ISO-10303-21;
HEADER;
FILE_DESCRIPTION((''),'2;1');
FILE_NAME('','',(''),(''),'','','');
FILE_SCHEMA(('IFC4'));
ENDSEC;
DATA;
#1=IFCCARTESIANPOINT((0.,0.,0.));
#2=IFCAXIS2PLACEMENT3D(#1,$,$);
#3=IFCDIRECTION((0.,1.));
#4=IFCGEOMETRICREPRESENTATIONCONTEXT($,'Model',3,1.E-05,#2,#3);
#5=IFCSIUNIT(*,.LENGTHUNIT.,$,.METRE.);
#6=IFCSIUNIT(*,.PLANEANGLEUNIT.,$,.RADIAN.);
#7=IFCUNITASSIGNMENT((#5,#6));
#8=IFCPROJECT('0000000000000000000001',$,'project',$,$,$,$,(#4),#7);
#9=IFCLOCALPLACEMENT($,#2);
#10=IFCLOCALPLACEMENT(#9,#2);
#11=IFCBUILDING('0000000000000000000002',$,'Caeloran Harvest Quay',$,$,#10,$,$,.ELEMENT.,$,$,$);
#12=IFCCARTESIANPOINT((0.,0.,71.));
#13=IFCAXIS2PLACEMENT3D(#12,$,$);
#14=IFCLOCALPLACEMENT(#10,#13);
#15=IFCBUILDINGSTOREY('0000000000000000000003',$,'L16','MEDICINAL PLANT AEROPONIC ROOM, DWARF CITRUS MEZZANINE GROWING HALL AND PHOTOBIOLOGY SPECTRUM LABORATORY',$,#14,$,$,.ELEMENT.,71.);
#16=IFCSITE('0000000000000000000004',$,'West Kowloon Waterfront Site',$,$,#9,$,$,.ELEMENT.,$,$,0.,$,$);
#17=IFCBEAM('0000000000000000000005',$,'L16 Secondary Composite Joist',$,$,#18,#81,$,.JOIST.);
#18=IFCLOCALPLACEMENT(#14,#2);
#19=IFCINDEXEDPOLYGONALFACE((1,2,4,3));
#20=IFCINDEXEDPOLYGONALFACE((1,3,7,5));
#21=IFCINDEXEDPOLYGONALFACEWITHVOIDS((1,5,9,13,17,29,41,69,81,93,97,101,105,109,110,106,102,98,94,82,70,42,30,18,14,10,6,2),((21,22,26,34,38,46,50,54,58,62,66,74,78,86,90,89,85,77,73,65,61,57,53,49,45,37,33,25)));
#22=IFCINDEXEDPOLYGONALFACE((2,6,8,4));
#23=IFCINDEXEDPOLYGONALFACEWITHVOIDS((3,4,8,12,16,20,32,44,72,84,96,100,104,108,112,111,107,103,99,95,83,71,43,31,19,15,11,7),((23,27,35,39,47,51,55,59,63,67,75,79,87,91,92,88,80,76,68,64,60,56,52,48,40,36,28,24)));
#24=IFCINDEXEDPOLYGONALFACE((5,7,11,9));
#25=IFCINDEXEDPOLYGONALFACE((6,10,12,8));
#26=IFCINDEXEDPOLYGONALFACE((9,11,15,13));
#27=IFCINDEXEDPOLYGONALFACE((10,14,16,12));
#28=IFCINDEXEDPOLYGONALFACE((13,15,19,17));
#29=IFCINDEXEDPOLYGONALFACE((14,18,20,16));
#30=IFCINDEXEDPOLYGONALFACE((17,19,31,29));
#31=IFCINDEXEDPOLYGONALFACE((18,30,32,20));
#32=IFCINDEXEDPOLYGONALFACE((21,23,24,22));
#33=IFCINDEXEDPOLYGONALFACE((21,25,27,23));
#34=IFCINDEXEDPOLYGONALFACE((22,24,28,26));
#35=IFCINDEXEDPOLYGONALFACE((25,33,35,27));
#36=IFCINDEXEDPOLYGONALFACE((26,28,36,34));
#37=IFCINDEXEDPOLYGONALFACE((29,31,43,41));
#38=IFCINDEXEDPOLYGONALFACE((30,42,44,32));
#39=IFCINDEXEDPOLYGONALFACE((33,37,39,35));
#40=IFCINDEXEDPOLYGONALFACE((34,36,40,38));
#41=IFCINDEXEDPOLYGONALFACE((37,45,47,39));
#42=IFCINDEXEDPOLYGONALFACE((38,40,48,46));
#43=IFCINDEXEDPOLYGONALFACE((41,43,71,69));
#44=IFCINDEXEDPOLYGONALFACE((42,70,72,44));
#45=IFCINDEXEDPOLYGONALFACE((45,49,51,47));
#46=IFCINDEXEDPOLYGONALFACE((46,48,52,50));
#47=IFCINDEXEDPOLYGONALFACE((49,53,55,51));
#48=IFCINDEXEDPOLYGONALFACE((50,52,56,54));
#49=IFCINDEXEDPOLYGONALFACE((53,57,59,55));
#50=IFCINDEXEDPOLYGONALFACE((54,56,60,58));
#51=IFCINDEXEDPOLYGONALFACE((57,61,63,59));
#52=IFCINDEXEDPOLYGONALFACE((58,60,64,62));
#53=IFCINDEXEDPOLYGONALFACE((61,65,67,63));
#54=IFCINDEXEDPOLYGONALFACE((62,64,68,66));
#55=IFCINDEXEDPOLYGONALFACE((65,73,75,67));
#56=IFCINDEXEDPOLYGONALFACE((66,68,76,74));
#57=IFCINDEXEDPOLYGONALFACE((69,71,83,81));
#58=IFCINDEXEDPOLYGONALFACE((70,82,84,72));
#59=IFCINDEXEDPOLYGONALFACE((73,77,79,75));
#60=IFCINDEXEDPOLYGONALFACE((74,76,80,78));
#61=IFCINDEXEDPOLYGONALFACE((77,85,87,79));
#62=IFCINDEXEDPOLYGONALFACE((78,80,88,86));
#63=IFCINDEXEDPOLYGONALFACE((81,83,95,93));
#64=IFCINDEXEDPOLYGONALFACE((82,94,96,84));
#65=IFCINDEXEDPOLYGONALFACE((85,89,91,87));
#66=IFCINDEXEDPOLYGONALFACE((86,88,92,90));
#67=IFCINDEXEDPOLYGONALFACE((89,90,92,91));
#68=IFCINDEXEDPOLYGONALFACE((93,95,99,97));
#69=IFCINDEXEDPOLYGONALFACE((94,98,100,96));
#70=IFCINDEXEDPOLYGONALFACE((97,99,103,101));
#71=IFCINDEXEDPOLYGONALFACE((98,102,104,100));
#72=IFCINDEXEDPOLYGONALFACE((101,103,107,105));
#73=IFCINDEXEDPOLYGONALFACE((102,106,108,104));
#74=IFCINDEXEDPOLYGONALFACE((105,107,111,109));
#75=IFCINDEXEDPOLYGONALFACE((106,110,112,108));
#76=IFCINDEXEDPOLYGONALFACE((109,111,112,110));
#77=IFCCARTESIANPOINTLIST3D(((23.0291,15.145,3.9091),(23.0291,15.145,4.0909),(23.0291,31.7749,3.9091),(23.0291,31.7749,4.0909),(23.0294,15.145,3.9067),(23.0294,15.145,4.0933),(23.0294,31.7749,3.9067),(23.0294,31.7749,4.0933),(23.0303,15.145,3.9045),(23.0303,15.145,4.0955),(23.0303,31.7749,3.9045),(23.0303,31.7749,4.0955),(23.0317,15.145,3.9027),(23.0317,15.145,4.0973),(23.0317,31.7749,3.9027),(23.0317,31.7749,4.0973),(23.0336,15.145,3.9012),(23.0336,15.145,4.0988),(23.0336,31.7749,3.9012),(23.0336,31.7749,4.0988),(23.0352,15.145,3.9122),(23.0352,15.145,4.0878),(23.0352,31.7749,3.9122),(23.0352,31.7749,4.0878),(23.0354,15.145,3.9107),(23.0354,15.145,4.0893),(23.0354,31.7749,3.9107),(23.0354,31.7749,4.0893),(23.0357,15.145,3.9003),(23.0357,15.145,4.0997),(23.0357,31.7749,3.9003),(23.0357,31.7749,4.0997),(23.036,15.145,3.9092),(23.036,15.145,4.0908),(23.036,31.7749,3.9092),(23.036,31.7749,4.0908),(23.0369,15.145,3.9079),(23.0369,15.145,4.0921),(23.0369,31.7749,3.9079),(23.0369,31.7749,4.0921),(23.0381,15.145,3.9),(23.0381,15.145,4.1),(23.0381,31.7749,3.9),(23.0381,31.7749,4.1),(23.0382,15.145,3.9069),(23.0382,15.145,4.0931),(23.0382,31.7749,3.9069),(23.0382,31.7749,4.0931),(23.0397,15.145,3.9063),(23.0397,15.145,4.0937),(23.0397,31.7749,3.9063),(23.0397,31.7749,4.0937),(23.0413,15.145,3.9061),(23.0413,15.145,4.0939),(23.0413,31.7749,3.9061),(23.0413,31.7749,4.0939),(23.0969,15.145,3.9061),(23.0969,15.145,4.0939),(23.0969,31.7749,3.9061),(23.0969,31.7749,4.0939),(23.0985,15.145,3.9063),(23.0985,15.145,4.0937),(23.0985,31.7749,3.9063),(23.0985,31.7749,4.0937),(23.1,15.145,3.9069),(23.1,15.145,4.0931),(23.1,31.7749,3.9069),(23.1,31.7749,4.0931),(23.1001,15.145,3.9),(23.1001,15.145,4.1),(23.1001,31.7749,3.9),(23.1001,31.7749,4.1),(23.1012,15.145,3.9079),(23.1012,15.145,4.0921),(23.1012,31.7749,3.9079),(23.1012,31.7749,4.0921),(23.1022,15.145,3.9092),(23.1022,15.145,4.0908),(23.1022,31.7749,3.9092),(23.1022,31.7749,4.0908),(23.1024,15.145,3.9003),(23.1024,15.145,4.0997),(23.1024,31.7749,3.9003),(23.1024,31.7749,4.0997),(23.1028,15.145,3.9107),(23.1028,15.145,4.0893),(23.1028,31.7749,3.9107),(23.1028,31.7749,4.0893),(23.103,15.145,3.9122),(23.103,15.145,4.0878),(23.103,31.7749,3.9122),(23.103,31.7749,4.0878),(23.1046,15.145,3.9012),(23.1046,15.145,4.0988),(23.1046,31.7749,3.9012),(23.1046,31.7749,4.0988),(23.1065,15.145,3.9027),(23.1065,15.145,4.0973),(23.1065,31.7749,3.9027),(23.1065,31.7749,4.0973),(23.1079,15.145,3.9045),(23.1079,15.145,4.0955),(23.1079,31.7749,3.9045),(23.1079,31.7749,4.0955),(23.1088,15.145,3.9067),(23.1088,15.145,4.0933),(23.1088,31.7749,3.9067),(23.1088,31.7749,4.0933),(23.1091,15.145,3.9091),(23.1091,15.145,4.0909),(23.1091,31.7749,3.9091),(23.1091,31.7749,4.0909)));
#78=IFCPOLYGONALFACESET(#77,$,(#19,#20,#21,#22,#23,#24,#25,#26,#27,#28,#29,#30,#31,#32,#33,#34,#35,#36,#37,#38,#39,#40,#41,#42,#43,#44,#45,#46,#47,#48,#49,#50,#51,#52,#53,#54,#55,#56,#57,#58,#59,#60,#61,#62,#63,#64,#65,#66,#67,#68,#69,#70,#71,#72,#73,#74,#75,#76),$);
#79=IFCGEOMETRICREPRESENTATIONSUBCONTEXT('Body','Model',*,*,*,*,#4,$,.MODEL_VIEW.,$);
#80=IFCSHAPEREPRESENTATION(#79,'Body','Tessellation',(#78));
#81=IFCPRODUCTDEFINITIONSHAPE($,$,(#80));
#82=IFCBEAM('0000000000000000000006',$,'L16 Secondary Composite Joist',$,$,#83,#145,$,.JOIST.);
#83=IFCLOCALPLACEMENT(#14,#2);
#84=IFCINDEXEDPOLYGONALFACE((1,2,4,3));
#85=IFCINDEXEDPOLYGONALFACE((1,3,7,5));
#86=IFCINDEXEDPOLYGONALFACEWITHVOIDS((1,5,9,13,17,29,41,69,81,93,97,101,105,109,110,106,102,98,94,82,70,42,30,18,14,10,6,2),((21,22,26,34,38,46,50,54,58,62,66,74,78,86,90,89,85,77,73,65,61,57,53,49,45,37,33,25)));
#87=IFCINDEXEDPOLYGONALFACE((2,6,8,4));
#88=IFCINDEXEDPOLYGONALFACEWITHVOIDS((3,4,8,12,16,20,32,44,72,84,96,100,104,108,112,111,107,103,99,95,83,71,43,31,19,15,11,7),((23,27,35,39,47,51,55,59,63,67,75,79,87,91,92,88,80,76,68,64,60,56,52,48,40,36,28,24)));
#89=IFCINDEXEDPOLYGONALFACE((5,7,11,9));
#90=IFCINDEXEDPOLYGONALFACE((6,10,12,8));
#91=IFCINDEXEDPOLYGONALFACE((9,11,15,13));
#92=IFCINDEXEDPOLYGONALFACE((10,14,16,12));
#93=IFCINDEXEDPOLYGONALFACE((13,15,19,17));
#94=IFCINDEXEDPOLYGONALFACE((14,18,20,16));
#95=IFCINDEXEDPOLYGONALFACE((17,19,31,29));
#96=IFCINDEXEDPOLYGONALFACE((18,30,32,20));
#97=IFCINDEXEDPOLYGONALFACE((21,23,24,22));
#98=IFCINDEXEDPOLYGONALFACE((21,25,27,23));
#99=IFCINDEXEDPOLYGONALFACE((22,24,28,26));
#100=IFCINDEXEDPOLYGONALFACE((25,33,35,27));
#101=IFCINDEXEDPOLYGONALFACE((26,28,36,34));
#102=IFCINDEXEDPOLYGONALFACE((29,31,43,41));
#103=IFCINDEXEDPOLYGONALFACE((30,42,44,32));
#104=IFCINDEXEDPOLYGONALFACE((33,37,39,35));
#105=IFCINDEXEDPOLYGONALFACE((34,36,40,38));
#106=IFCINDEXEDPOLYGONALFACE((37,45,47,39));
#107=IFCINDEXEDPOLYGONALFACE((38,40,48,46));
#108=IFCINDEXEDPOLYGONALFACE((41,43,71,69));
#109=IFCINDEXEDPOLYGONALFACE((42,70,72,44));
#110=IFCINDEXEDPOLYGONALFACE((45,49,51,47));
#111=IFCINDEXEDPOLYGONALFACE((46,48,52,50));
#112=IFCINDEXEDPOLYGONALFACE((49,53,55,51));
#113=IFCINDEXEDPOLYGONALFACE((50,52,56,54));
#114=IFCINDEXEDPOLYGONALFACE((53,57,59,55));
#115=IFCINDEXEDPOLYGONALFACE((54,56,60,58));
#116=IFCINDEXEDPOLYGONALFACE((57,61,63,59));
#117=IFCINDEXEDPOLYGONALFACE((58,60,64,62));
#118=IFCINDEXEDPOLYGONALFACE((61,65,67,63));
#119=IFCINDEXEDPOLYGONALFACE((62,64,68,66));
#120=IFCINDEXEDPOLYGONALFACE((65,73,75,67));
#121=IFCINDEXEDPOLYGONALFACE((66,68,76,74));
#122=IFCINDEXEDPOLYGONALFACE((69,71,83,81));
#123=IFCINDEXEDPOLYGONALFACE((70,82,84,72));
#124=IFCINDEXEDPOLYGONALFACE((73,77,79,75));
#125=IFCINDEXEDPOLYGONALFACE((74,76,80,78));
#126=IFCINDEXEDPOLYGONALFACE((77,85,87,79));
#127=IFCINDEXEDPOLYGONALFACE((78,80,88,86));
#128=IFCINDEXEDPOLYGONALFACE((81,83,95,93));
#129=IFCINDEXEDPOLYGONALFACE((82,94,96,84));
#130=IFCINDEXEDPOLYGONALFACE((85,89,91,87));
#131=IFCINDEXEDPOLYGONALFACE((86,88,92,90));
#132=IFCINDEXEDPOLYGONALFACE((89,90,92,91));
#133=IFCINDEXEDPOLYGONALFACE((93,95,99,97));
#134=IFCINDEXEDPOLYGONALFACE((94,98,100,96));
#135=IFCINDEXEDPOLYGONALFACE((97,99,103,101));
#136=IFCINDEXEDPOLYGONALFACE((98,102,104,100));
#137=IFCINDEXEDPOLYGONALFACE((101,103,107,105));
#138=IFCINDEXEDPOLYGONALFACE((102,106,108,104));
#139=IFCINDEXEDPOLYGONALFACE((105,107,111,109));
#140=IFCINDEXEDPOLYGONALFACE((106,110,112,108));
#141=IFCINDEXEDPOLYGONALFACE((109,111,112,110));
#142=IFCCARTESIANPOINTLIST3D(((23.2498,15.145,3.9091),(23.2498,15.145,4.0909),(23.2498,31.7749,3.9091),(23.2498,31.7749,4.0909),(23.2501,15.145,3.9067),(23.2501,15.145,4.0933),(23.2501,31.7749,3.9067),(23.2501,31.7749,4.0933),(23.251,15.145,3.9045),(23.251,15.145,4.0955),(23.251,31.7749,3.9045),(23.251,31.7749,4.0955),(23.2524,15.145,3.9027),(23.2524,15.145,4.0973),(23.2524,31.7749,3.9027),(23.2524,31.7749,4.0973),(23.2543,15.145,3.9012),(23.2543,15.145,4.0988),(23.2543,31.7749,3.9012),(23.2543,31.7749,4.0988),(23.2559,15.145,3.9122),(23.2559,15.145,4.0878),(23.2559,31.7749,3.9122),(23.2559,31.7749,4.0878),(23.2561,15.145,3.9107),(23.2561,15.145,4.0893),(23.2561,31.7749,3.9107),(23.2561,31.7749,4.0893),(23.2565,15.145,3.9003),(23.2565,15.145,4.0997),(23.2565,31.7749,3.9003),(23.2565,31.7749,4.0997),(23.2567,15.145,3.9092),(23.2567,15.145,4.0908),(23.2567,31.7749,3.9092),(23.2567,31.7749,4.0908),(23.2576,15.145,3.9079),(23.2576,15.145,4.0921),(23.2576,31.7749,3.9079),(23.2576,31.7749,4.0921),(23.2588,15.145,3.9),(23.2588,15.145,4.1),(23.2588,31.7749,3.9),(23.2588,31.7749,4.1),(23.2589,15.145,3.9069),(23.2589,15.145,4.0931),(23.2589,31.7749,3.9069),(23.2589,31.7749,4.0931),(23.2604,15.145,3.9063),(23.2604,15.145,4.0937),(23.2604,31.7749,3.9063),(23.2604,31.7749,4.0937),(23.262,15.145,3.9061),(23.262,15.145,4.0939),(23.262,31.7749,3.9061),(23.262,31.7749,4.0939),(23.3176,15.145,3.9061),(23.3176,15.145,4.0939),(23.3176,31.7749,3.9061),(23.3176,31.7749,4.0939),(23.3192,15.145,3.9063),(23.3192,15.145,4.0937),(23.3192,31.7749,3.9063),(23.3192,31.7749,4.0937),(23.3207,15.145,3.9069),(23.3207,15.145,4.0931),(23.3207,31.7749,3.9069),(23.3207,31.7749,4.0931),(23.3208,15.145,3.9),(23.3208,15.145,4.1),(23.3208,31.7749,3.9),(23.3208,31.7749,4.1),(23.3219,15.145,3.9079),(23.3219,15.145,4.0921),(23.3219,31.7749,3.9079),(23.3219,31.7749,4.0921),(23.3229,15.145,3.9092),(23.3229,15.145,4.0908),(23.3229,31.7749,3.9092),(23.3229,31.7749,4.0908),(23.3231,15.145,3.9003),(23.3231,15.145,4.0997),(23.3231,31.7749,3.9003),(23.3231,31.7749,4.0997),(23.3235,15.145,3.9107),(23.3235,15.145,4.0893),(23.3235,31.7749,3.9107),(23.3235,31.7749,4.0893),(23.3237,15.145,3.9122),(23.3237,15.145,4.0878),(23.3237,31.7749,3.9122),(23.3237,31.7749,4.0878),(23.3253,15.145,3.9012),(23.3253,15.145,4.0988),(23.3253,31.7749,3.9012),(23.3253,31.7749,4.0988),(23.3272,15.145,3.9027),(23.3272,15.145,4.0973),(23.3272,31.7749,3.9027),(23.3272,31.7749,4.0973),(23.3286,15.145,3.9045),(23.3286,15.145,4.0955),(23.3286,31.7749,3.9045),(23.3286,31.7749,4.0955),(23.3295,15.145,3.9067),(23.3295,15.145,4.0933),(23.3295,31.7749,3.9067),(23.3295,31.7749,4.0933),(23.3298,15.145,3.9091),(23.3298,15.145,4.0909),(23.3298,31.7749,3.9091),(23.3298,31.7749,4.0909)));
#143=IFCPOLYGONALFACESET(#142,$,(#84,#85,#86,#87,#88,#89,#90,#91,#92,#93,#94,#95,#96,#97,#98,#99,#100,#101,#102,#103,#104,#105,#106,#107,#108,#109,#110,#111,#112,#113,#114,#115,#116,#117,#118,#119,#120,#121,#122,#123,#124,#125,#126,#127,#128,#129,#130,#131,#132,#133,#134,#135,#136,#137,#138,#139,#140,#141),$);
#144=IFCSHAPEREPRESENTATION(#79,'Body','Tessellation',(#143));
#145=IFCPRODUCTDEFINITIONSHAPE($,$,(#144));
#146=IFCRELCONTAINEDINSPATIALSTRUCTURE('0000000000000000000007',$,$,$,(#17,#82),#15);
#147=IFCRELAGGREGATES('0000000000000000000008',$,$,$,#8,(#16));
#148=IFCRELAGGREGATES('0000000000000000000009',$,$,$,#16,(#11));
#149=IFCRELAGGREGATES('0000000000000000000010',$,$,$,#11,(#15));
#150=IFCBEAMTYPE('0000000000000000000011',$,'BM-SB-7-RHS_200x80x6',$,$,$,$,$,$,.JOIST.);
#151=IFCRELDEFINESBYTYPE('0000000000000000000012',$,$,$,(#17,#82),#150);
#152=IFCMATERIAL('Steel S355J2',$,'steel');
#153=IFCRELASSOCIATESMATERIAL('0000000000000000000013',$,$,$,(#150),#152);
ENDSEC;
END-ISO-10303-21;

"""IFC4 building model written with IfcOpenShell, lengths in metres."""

from ifc_helpers import new_model, si_unit, direction, frame, origin, origin_2d, place, context, subcontext, project, spatial, hollow_rectangle, extrude, material, material_profile, profile_set, type_object, element, save


model = new_model("IFC4")

# Units and contexts
model_context = context("Model", 3, precision=1e-05, world=origin(), true_north=direction((0.0, 1.0)))
body_context = subcontext(model_context, "Body", "Model", "MODEL_VIEW")
ifc_project = project(units=[si_unit("LENGTHUNIT", "METRE"), si_unit("PLANEANGLEUNIT", "RADIAN")], contexts=[model_context])

# Site, building, storey
site_placement = place(None, origin())
site = spatial("IfcSite", under=ifc_project, at=site_placement, Name="West Kowloon Waterfront Site", CompositionType="ELEMENT", RefElevation=0.0)
building_placement = place(site_placement, origin())
building = spatial("IfcBuilding", under=site, at=building_placement, Name="Caeloran Harvest Quay", CompositionType="ELEMENT")
storey_placement = place(building_placement, frame((0.0, 0.0, 71.0)))
storey = spatial("IfcBuildingStorey", under=building, at=storey_placement, Name="L16", Description="MEDICINAL PLANT AEROPONIC ROOM, DWARF CITRUS MEZZANINE GROWING HALL AND PHOTOBIOLOGY SPECTRUM LABORATORY", CompositionType="ELEMENT", Elevation=71.0)

# Beams
ifc_material_1 = material(Name="Steel S355J2", Category="steel")
ifc_material_profile_1 = material_profile(ifc_material_1, hollow_rectangle(XDim=0.0801, YDim=0.2, WallThickness=0.0061, InnerFilletRadius=0.0061, OuterFilletRadius=0.009, at=origin_2d()), Name="RHS 200x80x6")
ifc_profile_set_1 = profile_set([ifc_material_profile_1], Name="Steel S355J2")
beam_type_1 = type_object("IfcBeamType", Name="BM-SB-7-RHS_200x80x6", PredefinedType="JOIST", material=ifc_profile_set_1)
for number, where, z_axis, x_axis, name in (
    (1, (23.0691, 15.145, 4.0), (0.0, 1.0, 0.0), (-1.0, 0.0, 0.0), "L16 Secondary Composite Joist"),
    (2, (23.2898, 15.145, 4.0), (0.0, 1.0, 0.0), (-1.0, 0.0, 0.0), "L16 Secondary Composite Joist"),
):
    element("IfcBeam", number, at=place(storey_placement, frame(where, z_axis=z_axis, x_axis=x_axis)), inside=storey, type_object=beam_type_1, Name=name, PredefinedType="JOIST", context=body_context, shape_type="SweptSolid", body=[
        extrude(hollow_rectangle(XDim=0.0801, YDim=0.2, WallThickness=0.0061, InnerFilletRadius=0.0061, OuterFilletRadius=0.009, at=origin_2d()), origin(), (0.0, 0.0, 1.0), 16.6299),
    ])

save(model, "model.ifc")
